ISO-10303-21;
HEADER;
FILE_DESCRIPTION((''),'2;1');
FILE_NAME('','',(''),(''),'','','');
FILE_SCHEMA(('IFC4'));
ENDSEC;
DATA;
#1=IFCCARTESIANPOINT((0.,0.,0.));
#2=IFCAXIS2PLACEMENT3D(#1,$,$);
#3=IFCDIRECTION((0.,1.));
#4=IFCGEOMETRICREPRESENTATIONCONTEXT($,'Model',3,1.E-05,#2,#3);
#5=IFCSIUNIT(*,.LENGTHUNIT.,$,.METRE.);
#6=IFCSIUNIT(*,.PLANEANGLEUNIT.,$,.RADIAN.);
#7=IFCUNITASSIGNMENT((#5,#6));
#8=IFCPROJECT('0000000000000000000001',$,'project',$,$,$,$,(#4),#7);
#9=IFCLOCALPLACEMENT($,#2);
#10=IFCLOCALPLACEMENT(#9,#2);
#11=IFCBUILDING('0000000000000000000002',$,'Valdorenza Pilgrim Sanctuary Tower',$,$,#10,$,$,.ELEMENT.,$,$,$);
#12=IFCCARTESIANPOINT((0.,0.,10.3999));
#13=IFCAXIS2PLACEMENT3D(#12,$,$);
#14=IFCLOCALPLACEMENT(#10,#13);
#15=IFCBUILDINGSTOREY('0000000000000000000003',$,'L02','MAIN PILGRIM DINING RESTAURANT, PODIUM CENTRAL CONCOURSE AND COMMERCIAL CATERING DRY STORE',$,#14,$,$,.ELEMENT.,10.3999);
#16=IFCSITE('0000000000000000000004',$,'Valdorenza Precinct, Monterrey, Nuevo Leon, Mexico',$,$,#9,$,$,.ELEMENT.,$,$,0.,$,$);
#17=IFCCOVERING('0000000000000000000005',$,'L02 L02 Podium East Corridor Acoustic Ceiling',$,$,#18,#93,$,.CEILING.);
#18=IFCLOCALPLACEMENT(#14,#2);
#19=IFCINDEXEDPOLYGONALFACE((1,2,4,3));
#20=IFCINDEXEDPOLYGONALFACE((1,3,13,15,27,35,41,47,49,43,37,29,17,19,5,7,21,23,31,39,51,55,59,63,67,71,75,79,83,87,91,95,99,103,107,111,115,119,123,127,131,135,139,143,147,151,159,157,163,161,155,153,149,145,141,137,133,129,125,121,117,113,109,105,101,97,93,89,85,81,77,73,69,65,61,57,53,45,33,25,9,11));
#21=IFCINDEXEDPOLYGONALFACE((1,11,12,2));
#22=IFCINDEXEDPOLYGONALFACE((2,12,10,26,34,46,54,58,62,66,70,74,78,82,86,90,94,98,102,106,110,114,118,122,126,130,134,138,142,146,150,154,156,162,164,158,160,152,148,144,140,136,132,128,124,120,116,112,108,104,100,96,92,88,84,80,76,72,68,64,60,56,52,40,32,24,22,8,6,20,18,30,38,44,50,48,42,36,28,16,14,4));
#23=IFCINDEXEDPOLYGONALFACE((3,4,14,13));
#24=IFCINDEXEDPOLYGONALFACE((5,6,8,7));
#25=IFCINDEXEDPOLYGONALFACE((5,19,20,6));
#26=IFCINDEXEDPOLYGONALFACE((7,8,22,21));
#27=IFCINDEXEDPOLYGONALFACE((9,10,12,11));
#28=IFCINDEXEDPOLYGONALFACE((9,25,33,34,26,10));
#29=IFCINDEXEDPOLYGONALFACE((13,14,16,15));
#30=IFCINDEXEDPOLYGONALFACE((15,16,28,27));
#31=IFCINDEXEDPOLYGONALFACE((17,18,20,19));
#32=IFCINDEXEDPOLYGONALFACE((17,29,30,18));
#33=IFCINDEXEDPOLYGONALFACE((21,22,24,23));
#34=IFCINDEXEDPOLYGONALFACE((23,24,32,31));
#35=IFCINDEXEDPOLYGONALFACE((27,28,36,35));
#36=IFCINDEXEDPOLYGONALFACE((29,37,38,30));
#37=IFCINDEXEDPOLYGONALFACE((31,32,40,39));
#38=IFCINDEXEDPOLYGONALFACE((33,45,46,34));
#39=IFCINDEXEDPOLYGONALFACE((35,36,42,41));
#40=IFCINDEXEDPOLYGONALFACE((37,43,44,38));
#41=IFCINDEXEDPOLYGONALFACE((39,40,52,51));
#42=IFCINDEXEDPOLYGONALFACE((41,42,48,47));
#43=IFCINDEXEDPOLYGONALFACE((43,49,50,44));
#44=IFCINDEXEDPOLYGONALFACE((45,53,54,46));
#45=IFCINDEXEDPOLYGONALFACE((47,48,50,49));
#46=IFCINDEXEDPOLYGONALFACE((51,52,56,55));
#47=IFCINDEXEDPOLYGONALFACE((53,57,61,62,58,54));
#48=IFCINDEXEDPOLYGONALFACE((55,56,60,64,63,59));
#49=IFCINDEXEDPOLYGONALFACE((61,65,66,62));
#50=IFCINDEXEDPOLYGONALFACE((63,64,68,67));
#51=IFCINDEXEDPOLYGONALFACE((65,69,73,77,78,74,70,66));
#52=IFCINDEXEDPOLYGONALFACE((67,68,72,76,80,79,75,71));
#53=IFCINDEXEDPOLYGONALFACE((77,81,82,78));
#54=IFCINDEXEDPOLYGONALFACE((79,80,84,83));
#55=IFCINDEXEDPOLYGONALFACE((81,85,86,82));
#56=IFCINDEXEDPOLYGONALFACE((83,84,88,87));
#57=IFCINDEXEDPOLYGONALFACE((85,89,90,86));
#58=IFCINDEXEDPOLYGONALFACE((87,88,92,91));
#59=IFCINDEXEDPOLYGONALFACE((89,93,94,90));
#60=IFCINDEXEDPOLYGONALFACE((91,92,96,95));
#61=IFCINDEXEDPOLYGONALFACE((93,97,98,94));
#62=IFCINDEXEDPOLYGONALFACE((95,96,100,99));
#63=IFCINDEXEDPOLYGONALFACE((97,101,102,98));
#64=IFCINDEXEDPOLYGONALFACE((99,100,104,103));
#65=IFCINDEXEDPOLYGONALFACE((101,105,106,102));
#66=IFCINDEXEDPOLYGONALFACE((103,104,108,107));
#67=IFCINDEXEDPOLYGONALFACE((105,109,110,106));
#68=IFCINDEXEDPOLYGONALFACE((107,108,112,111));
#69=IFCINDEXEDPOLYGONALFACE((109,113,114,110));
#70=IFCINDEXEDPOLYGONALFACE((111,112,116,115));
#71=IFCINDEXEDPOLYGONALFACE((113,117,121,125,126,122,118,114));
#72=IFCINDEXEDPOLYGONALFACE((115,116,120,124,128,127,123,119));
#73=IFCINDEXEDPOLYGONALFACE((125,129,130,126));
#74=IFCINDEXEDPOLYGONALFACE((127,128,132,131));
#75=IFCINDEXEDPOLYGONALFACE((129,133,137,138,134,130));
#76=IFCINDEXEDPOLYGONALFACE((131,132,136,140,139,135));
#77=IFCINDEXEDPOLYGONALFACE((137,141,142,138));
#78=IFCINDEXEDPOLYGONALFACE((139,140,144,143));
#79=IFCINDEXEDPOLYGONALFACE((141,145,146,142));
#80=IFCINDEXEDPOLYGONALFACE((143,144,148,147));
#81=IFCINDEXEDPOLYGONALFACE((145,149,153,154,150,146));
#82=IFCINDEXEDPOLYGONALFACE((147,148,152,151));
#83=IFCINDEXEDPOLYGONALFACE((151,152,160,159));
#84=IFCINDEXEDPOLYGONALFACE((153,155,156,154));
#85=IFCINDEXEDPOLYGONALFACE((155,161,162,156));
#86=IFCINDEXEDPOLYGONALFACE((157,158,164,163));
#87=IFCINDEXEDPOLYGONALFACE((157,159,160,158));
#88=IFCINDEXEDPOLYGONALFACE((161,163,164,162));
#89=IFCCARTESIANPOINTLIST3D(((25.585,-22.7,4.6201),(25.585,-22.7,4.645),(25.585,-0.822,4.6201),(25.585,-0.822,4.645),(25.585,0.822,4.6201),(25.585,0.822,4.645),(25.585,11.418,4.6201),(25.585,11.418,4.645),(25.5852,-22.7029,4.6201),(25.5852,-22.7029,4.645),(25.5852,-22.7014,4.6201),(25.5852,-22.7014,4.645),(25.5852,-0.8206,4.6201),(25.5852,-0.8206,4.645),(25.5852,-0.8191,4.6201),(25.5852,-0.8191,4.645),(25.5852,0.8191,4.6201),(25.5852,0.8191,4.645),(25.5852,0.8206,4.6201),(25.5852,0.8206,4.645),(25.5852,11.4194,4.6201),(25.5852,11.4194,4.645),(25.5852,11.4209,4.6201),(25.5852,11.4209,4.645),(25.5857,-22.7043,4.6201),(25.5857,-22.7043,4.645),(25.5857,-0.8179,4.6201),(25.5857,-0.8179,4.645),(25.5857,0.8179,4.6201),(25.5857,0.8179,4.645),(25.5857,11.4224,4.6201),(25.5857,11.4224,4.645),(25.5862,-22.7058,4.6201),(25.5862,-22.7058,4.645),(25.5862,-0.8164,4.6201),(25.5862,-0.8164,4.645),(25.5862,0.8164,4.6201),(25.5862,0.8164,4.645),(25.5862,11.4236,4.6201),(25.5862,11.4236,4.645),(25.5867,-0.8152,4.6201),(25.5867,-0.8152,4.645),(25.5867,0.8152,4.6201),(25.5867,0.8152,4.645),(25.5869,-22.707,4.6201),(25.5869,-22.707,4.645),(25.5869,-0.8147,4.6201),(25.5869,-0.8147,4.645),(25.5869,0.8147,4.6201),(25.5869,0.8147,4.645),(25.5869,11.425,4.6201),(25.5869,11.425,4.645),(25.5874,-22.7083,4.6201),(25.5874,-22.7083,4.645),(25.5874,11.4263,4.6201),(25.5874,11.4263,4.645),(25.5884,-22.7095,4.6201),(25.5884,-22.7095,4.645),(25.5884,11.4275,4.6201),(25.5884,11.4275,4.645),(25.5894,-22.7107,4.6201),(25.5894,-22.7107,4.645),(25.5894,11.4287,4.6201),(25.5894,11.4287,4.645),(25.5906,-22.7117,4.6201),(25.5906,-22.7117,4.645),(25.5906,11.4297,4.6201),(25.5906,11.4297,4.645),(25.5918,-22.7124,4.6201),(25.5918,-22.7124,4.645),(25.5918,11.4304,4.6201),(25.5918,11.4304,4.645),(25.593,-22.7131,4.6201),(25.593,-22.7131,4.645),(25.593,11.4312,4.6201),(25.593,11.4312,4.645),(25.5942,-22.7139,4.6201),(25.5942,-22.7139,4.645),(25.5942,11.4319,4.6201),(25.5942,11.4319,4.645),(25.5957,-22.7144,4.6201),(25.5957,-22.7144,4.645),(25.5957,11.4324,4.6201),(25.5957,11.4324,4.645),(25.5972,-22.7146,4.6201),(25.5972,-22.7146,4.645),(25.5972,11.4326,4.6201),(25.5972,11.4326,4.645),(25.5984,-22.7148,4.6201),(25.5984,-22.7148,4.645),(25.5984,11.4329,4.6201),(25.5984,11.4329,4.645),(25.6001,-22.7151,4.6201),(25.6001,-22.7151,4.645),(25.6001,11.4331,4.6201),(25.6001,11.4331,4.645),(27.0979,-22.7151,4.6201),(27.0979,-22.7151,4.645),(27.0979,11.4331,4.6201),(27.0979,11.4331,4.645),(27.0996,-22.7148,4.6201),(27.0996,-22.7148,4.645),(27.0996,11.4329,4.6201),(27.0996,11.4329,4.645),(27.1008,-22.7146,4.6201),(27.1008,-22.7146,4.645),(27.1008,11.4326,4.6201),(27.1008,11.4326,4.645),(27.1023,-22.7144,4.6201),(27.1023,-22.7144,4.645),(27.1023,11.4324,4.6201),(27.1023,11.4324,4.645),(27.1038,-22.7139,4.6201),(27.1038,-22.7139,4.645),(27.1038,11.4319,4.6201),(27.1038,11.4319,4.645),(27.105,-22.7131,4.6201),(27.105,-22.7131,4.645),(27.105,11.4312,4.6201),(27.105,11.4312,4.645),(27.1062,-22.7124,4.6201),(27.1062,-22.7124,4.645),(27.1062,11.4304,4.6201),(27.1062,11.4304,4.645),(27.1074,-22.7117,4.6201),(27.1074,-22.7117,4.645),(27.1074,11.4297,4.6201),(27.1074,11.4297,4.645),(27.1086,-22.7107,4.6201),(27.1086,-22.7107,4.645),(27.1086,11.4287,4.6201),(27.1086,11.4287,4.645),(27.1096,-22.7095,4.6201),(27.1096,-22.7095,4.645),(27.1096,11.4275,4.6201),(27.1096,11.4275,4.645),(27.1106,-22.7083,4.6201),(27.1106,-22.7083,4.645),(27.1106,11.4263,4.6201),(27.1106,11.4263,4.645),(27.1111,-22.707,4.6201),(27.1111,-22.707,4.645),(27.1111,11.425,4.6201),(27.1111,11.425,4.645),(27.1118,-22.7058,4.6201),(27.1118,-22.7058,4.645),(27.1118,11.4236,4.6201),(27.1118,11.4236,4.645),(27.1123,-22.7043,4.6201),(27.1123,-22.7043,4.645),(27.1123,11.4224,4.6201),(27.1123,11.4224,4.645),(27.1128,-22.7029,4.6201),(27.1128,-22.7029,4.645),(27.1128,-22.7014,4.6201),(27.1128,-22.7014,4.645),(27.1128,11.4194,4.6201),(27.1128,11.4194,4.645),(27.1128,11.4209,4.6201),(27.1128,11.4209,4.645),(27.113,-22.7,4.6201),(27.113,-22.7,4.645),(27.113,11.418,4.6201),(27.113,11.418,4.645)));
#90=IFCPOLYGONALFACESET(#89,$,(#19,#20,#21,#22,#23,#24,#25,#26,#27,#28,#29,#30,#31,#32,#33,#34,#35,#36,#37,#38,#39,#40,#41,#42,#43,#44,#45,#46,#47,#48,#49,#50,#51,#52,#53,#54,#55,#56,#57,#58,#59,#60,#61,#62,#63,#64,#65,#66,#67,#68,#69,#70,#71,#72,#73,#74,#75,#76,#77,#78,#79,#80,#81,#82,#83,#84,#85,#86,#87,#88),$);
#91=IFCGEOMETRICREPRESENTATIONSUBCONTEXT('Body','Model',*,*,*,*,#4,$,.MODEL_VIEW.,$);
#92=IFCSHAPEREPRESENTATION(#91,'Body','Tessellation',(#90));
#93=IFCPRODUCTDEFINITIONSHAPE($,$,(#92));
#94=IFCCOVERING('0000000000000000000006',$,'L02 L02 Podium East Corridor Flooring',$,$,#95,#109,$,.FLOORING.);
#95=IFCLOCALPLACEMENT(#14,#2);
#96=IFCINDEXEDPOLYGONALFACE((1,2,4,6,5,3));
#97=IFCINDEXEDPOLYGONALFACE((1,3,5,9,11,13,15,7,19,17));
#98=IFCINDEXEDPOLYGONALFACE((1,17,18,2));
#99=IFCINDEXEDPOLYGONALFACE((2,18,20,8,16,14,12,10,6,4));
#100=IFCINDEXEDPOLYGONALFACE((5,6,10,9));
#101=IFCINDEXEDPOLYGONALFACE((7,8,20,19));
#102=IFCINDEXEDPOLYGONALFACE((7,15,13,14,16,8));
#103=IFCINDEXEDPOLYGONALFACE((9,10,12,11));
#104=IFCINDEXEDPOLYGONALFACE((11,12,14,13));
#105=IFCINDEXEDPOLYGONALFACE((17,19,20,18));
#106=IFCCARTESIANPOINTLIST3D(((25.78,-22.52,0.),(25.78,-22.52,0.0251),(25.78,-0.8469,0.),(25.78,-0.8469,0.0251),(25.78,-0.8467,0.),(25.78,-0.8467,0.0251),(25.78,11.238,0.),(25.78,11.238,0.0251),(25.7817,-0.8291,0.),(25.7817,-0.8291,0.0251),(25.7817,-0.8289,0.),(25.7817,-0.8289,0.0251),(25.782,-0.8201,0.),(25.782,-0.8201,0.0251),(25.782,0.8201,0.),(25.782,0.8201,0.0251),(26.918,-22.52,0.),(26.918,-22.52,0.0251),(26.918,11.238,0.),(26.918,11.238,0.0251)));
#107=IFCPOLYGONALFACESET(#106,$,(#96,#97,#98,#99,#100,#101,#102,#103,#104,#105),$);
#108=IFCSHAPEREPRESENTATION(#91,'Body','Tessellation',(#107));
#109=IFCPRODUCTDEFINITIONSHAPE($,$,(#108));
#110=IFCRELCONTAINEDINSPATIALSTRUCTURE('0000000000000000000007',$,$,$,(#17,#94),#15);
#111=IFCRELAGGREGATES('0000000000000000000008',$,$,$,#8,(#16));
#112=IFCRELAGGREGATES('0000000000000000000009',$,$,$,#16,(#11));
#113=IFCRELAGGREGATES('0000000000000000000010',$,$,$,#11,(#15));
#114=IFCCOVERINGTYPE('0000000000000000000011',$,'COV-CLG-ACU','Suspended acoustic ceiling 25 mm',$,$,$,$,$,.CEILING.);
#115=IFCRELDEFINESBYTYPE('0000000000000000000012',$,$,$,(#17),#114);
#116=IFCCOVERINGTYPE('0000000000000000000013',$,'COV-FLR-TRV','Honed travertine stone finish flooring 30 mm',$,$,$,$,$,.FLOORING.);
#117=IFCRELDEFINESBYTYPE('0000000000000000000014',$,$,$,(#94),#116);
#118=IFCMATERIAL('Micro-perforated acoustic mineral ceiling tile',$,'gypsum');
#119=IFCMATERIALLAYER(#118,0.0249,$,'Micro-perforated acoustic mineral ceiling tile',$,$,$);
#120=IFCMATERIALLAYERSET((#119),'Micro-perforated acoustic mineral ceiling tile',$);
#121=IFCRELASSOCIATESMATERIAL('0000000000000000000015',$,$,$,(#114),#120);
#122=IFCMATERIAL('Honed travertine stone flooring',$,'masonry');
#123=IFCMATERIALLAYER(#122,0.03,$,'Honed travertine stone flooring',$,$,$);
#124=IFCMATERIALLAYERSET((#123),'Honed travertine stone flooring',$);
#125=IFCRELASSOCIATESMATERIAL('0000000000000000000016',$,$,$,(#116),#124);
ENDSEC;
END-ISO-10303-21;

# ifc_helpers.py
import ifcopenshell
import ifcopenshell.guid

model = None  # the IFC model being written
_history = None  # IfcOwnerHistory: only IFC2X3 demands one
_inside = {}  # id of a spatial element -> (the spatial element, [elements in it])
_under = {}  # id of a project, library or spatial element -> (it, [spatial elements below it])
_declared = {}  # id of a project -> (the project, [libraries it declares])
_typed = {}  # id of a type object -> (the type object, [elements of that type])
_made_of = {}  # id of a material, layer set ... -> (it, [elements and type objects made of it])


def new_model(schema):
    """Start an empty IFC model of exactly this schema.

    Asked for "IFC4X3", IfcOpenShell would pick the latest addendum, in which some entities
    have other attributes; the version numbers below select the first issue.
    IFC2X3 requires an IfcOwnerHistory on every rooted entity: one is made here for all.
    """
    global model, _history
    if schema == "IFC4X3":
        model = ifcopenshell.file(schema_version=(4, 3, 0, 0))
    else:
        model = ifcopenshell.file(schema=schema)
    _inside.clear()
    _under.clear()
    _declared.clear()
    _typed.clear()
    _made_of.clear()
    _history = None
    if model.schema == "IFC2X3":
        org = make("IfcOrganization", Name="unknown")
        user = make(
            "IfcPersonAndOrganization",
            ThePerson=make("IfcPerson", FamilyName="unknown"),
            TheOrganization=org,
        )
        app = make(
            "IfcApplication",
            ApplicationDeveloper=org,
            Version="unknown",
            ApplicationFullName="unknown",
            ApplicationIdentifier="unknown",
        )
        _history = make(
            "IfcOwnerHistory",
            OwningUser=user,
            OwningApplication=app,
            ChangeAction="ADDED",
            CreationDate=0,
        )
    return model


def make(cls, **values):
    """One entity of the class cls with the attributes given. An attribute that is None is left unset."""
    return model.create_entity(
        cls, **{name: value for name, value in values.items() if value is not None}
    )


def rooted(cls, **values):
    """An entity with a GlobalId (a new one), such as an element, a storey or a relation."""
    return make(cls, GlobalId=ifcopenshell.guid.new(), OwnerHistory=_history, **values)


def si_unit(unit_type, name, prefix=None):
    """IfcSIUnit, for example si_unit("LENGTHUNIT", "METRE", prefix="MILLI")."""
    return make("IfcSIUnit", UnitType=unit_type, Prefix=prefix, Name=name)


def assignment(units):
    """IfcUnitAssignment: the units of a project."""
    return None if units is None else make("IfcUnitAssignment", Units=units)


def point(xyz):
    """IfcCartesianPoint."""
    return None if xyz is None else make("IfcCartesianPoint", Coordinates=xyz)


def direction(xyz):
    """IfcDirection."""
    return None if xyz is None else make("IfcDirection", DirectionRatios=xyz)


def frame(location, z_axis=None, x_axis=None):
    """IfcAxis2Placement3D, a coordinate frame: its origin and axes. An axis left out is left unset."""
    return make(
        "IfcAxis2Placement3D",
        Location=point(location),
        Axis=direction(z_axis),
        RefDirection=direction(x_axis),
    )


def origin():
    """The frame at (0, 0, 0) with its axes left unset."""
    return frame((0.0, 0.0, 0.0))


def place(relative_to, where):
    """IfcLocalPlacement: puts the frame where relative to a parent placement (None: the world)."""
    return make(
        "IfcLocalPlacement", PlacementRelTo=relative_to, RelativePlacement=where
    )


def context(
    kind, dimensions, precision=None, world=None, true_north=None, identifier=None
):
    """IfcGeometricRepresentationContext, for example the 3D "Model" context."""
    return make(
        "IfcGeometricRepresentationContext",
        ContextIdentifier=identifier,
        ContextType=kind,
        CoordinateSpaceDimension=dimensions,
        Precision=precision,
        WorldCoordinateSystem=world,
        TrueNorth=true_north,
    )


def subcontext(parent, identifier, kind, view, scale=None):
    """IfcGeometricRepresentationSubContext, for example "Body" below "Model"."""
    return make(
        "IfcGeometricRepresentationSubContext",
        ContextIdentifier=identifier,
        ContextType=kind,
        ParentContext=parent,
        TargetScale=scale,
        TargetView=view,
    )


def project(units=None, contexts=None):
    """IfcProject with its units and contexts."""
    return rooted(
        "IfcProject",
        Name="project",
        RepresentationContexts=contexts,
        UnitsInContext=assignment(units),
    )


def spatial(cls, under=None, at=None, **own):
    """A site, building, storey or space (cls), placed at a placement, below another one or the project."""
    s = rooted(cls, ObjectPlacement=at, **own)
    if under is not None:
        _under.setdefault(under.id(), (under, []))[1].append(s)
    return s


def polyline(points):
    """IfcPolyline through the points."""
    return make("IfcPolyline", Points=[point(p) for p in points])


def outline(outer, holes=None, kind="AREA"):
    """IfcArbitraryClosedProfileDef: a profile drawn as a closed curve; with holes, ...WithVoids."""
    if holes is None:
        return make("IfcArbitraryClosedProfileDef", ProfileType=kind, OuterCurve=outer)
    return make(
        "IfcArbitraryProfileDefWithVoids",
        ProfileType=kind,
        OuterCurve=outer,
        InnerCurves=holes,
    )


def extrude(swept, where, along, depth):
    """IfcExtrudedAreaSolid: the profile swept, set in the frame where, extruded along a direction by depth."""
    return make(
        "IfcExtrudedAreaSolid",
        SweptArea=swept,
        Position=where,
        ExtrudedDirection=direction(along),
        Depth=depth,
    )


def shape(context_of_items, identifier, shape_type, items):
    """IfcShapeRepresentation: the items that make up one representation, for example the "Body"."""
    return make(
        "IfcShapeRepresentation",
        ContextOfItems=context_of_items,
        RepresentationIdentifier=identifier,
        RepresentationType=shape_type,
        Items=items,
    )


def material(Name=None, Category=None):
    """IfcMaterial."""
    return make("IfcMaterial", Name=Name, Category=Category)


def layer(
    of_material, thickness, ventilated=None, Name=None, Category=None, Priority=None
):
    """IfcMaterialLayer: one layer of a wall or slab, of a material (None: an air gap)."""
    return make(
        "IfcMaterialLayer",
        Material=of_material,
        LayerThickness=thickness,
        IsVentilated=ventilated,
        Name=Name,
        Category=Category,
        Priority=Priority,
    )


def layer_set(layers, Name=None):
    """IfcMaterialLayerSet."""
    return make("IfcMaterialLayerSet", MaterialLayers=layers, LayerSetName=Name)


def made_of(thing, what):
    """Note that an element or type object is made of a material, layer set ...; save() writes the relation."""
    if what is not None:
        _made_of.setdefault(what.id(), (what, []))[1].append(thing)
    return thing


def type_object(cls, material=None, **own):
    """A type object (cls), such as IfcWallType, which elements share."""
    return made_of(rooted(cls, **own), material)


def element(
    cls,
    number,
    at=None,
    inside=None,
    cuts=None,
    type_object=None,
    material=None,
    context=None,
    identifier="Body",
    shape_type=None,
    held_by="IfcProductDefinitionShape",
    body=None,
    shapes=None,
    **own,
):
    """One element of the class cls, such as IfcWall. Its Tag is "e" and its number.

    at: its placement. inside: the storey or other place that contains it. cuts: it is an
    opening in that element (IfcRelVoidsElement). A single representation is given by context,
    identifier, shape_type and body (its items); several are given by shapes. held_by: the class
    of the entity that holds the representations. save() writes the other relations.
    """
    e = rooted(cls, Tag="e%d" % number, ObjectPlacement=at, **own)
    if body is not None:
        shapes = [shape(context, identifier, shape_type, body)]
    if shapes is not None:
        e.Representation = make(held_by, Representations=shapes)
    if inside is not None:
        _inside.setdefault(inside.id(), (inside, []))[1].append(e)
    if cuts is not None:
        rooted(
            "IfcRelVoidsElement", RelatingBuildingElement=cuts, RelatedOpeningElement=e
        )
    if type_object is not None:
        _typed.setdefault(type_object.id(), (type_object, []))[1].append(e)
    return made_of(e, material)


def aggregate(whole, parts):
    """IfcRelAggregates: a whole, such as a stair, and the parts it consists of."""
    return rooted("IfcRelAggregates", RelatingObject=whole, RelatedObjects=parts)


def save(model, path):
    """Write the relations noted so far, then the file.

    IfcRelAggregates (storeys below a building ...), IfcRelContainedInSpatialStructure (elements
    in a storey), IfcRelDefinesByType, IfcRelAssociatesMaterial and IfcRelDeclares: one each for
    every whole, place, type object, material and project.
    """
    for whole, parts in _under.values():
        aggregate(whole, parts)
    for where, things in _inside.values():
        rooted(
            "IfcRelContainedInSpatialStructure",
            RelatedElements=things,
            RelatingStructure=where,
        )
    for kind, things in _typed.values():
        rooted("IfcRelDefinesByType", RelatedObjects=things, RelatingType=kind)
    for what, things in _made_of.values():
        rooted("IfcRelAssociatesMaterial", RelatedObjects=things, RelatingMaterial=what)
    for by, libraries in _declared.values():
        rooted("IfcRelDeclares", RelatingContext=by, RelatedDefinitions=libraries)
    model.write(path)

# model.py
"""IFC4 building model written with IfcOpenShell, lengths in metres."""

from ifc_helpers import new_model, si_unit, direction, frame, origin, place, context, subcontext, project, spatial, polyline, outline, extrude, material, layer, layer_set, type_object, element, save


model = new_model("IFC4")

# Units and contexts
model_context = context("Model", 3, precision=1e-05, world=origin(), true_north=direction((0.0, 1.0)))
body_context = subcontext(model_context, "Body", "Model", "MODEL_VIEW")
ifc_project = project(units=[si_unit("LENGTHUNIT", "METRE"), si_unit("PLANEANGLEUNIT", "RADIAN")], contexts=[model_context])

# Site, building, storey
site_placement = place(None, origin())
site = spatial("IfcSite", under=ifc_project, at=site_placement, Name="Valdorenza Precinct, Monterrey, Nuevo Leon, Mexico", CompositionType="ELEMENT", RefElevation=0.0)
building_placement = place(site_placement, origin())
building = spatial("IfcBuilding", under=site, at=building_placement, Name="Valdorenza Pilgrim Sanctuary Tower", CompositionType="ELEMENT")
storey_placement = place(building_placement, frame((0.0, 0.0, 10.3999)))
storey = spatial("IfcBuildingStorey", under=building, at=storey_placement, Name="L02", Description="MAIN PILGRIM DINING RESTAURANT, PODIUM CENTRAL CONCOURSE AND COMMERCIAL CATERING DRY STORE", CompositionType="ELEMENT", Elevation=10.3999)

# Coverings
ifc_material_1 = material(Name="Micro-perforated acoustic mineral ceiling tile", Category="gypsum")
ifc_layer_1 = layer(ifc_material_1, 0.0249, Name="Micro-perforated acoustic mineral ceiling tile")
ifc_layer_set_1 = layer_set([ifc_layer_1], Name="Micro-perforated acoustic mineral ceiling tile")
covering_type_1 = type_object("IfcCoveringType", Name="COV-CLG-ACU", Description="Suspended acoustic ceiling 25 mm", PredefinedType="CEILING", material=ifc_layer_set_1)
covering_1_placement = place(storey_placement, frame((0.0, 0.0, 4.6201)))
element("IfcCovering", 1, at=covering_1_placement, inside=storey, type_object=covering_type_1, Name="L02 L02 Podium East Corridor Acoustic Ceiling", PredefinedType="CEILING", context=body_context, shape_type="SweptSolid", body=[
    extrude(outline(polyline([(25.5869, -0.8147), (25.5869, 0.8147), (25.5867, 0.8152), (25.5862, 0.8164), (25.5857, 0.8179), (25.5852, 0.8191), (25.5852, 0.8206), (25.585, 0.822), (25.585, 11.418), (25.5852, 11.4194), (25.5852, 11.4209), (25.5857, 11.4224), (25.5862, 11.4236), (25.5869, 11.425), (25.5874, 11.4263), (25.5884, 11.4275), (25.5894, 11.4287), (25.5906, 11.4297), (25.5918, 11.4304), (25.593, 11.4312), (25.5942, 11.4319), (25.5957, 11.4324), (25.5972, 11.4326), (25.5984, 11.4329), (25.6001, 11.4331), (27.0979, 11.4331), (27.0996, 11.4329), (27.1008, 11.4326), (27.1023, 11.4324), (27.1038, 11.4319), (27.105, 11.4312), (27.1062, 11.4304), (27.1074, 11.4297), (27.1086, 11.4287), (27.1096, 11.4275), (27.1106, 11.4263), (27.1111, 11.425), (27.1118, 11.4236), (27.1123, 11.4224), (27.1128, 11.4209), (27.1128, 11.4194), (27.113, 11.418), (27.113, -22.7), (27.1128, -22.7014), (27.1128, -22.7029), (27.1123, -22.7043), (27.1118, -22.7058), (27.1111, -22.707), (27.1106, -22.7083), (27.1096, -22.7095), (27.1086, -22.7107), (27.1074, -22.7117), (27.1062, -22.7124), (27.105, -22.7131), (27.1038, -22.7139), (27.1023, -22.7144), (27.1008, -22.7146), (27.0996, -22.7148), (27.0979, -22.7151), (25.6001, -22.7151), (25.5984, -22.7148), (25.5972, -22.7146), (25.5957, -22.7144), (25.5942, -22.7139), (25.593, -22.7131), (25.5918, -22.7124), (25.5906, -22.7117), (25.5894, -22.7107), (25.5884, -22.7095), (25.5874, -22.7083), (25.5869, -22.707), (25.5862, -22.7058), (25.5857, -22.7043), (25.5852, -22.7029), (25.5852, -22.7014), (25.585, -22.7), (25.585, -0.822), (25.5852, -0.8206), (25.5852, -0.8191), (25.5857, -0.8179), (25.5862, -0.8164), (25.5867, -0.8152), (25.5869, -0.8147)])), origin(), (0.0, 0.0, 1.0), 0.0249),
])
ifc_material_2 = material(Name="Honed travertine stone flooring", Category="masonry")
ifc_layer_2 = layer(ifc_material_2, 0.03, Name="Honed travertine stone flooring")
ifc_layer_set_2 = layer_set([ifc_layer_2], Name="Honed travertine stone flooring")
covering_type_2 = type_object("IfcCoveringType", Name="COV-FLR-TRV", Description="Honed travertine stone finish flooring 30 mm", PredefinedType="FLOORING", material=ifc_layer_set_2)
covering_2_placement = place(storey_placement, origin())
element("IfcCovering", 2, at=covering_2_placement, inside=storey, type_object=covering_type_2, Name="L02 L02 Podium East Corridor Flooring", PredefinedType="FLOORING", context=body_context, shape_type="SweptSolid", body=[
    extrude(outline(polyline([(25.78, -22.52), (25.78, -0.8469), (25.78, -0.8467), (25.78, -0.8467), (25.7817, -0.8291), (25.7817, -0.8289), (25.782, -0.8201), (25.782, 0.8201), (25.78, 11.238), (26.918, 11.238), (26.918, -22.52), (25.78, -22.52)])), origin(), (0.0, 0.0, 1.0), 0.0251),
])

save(model, "model.ifc")
